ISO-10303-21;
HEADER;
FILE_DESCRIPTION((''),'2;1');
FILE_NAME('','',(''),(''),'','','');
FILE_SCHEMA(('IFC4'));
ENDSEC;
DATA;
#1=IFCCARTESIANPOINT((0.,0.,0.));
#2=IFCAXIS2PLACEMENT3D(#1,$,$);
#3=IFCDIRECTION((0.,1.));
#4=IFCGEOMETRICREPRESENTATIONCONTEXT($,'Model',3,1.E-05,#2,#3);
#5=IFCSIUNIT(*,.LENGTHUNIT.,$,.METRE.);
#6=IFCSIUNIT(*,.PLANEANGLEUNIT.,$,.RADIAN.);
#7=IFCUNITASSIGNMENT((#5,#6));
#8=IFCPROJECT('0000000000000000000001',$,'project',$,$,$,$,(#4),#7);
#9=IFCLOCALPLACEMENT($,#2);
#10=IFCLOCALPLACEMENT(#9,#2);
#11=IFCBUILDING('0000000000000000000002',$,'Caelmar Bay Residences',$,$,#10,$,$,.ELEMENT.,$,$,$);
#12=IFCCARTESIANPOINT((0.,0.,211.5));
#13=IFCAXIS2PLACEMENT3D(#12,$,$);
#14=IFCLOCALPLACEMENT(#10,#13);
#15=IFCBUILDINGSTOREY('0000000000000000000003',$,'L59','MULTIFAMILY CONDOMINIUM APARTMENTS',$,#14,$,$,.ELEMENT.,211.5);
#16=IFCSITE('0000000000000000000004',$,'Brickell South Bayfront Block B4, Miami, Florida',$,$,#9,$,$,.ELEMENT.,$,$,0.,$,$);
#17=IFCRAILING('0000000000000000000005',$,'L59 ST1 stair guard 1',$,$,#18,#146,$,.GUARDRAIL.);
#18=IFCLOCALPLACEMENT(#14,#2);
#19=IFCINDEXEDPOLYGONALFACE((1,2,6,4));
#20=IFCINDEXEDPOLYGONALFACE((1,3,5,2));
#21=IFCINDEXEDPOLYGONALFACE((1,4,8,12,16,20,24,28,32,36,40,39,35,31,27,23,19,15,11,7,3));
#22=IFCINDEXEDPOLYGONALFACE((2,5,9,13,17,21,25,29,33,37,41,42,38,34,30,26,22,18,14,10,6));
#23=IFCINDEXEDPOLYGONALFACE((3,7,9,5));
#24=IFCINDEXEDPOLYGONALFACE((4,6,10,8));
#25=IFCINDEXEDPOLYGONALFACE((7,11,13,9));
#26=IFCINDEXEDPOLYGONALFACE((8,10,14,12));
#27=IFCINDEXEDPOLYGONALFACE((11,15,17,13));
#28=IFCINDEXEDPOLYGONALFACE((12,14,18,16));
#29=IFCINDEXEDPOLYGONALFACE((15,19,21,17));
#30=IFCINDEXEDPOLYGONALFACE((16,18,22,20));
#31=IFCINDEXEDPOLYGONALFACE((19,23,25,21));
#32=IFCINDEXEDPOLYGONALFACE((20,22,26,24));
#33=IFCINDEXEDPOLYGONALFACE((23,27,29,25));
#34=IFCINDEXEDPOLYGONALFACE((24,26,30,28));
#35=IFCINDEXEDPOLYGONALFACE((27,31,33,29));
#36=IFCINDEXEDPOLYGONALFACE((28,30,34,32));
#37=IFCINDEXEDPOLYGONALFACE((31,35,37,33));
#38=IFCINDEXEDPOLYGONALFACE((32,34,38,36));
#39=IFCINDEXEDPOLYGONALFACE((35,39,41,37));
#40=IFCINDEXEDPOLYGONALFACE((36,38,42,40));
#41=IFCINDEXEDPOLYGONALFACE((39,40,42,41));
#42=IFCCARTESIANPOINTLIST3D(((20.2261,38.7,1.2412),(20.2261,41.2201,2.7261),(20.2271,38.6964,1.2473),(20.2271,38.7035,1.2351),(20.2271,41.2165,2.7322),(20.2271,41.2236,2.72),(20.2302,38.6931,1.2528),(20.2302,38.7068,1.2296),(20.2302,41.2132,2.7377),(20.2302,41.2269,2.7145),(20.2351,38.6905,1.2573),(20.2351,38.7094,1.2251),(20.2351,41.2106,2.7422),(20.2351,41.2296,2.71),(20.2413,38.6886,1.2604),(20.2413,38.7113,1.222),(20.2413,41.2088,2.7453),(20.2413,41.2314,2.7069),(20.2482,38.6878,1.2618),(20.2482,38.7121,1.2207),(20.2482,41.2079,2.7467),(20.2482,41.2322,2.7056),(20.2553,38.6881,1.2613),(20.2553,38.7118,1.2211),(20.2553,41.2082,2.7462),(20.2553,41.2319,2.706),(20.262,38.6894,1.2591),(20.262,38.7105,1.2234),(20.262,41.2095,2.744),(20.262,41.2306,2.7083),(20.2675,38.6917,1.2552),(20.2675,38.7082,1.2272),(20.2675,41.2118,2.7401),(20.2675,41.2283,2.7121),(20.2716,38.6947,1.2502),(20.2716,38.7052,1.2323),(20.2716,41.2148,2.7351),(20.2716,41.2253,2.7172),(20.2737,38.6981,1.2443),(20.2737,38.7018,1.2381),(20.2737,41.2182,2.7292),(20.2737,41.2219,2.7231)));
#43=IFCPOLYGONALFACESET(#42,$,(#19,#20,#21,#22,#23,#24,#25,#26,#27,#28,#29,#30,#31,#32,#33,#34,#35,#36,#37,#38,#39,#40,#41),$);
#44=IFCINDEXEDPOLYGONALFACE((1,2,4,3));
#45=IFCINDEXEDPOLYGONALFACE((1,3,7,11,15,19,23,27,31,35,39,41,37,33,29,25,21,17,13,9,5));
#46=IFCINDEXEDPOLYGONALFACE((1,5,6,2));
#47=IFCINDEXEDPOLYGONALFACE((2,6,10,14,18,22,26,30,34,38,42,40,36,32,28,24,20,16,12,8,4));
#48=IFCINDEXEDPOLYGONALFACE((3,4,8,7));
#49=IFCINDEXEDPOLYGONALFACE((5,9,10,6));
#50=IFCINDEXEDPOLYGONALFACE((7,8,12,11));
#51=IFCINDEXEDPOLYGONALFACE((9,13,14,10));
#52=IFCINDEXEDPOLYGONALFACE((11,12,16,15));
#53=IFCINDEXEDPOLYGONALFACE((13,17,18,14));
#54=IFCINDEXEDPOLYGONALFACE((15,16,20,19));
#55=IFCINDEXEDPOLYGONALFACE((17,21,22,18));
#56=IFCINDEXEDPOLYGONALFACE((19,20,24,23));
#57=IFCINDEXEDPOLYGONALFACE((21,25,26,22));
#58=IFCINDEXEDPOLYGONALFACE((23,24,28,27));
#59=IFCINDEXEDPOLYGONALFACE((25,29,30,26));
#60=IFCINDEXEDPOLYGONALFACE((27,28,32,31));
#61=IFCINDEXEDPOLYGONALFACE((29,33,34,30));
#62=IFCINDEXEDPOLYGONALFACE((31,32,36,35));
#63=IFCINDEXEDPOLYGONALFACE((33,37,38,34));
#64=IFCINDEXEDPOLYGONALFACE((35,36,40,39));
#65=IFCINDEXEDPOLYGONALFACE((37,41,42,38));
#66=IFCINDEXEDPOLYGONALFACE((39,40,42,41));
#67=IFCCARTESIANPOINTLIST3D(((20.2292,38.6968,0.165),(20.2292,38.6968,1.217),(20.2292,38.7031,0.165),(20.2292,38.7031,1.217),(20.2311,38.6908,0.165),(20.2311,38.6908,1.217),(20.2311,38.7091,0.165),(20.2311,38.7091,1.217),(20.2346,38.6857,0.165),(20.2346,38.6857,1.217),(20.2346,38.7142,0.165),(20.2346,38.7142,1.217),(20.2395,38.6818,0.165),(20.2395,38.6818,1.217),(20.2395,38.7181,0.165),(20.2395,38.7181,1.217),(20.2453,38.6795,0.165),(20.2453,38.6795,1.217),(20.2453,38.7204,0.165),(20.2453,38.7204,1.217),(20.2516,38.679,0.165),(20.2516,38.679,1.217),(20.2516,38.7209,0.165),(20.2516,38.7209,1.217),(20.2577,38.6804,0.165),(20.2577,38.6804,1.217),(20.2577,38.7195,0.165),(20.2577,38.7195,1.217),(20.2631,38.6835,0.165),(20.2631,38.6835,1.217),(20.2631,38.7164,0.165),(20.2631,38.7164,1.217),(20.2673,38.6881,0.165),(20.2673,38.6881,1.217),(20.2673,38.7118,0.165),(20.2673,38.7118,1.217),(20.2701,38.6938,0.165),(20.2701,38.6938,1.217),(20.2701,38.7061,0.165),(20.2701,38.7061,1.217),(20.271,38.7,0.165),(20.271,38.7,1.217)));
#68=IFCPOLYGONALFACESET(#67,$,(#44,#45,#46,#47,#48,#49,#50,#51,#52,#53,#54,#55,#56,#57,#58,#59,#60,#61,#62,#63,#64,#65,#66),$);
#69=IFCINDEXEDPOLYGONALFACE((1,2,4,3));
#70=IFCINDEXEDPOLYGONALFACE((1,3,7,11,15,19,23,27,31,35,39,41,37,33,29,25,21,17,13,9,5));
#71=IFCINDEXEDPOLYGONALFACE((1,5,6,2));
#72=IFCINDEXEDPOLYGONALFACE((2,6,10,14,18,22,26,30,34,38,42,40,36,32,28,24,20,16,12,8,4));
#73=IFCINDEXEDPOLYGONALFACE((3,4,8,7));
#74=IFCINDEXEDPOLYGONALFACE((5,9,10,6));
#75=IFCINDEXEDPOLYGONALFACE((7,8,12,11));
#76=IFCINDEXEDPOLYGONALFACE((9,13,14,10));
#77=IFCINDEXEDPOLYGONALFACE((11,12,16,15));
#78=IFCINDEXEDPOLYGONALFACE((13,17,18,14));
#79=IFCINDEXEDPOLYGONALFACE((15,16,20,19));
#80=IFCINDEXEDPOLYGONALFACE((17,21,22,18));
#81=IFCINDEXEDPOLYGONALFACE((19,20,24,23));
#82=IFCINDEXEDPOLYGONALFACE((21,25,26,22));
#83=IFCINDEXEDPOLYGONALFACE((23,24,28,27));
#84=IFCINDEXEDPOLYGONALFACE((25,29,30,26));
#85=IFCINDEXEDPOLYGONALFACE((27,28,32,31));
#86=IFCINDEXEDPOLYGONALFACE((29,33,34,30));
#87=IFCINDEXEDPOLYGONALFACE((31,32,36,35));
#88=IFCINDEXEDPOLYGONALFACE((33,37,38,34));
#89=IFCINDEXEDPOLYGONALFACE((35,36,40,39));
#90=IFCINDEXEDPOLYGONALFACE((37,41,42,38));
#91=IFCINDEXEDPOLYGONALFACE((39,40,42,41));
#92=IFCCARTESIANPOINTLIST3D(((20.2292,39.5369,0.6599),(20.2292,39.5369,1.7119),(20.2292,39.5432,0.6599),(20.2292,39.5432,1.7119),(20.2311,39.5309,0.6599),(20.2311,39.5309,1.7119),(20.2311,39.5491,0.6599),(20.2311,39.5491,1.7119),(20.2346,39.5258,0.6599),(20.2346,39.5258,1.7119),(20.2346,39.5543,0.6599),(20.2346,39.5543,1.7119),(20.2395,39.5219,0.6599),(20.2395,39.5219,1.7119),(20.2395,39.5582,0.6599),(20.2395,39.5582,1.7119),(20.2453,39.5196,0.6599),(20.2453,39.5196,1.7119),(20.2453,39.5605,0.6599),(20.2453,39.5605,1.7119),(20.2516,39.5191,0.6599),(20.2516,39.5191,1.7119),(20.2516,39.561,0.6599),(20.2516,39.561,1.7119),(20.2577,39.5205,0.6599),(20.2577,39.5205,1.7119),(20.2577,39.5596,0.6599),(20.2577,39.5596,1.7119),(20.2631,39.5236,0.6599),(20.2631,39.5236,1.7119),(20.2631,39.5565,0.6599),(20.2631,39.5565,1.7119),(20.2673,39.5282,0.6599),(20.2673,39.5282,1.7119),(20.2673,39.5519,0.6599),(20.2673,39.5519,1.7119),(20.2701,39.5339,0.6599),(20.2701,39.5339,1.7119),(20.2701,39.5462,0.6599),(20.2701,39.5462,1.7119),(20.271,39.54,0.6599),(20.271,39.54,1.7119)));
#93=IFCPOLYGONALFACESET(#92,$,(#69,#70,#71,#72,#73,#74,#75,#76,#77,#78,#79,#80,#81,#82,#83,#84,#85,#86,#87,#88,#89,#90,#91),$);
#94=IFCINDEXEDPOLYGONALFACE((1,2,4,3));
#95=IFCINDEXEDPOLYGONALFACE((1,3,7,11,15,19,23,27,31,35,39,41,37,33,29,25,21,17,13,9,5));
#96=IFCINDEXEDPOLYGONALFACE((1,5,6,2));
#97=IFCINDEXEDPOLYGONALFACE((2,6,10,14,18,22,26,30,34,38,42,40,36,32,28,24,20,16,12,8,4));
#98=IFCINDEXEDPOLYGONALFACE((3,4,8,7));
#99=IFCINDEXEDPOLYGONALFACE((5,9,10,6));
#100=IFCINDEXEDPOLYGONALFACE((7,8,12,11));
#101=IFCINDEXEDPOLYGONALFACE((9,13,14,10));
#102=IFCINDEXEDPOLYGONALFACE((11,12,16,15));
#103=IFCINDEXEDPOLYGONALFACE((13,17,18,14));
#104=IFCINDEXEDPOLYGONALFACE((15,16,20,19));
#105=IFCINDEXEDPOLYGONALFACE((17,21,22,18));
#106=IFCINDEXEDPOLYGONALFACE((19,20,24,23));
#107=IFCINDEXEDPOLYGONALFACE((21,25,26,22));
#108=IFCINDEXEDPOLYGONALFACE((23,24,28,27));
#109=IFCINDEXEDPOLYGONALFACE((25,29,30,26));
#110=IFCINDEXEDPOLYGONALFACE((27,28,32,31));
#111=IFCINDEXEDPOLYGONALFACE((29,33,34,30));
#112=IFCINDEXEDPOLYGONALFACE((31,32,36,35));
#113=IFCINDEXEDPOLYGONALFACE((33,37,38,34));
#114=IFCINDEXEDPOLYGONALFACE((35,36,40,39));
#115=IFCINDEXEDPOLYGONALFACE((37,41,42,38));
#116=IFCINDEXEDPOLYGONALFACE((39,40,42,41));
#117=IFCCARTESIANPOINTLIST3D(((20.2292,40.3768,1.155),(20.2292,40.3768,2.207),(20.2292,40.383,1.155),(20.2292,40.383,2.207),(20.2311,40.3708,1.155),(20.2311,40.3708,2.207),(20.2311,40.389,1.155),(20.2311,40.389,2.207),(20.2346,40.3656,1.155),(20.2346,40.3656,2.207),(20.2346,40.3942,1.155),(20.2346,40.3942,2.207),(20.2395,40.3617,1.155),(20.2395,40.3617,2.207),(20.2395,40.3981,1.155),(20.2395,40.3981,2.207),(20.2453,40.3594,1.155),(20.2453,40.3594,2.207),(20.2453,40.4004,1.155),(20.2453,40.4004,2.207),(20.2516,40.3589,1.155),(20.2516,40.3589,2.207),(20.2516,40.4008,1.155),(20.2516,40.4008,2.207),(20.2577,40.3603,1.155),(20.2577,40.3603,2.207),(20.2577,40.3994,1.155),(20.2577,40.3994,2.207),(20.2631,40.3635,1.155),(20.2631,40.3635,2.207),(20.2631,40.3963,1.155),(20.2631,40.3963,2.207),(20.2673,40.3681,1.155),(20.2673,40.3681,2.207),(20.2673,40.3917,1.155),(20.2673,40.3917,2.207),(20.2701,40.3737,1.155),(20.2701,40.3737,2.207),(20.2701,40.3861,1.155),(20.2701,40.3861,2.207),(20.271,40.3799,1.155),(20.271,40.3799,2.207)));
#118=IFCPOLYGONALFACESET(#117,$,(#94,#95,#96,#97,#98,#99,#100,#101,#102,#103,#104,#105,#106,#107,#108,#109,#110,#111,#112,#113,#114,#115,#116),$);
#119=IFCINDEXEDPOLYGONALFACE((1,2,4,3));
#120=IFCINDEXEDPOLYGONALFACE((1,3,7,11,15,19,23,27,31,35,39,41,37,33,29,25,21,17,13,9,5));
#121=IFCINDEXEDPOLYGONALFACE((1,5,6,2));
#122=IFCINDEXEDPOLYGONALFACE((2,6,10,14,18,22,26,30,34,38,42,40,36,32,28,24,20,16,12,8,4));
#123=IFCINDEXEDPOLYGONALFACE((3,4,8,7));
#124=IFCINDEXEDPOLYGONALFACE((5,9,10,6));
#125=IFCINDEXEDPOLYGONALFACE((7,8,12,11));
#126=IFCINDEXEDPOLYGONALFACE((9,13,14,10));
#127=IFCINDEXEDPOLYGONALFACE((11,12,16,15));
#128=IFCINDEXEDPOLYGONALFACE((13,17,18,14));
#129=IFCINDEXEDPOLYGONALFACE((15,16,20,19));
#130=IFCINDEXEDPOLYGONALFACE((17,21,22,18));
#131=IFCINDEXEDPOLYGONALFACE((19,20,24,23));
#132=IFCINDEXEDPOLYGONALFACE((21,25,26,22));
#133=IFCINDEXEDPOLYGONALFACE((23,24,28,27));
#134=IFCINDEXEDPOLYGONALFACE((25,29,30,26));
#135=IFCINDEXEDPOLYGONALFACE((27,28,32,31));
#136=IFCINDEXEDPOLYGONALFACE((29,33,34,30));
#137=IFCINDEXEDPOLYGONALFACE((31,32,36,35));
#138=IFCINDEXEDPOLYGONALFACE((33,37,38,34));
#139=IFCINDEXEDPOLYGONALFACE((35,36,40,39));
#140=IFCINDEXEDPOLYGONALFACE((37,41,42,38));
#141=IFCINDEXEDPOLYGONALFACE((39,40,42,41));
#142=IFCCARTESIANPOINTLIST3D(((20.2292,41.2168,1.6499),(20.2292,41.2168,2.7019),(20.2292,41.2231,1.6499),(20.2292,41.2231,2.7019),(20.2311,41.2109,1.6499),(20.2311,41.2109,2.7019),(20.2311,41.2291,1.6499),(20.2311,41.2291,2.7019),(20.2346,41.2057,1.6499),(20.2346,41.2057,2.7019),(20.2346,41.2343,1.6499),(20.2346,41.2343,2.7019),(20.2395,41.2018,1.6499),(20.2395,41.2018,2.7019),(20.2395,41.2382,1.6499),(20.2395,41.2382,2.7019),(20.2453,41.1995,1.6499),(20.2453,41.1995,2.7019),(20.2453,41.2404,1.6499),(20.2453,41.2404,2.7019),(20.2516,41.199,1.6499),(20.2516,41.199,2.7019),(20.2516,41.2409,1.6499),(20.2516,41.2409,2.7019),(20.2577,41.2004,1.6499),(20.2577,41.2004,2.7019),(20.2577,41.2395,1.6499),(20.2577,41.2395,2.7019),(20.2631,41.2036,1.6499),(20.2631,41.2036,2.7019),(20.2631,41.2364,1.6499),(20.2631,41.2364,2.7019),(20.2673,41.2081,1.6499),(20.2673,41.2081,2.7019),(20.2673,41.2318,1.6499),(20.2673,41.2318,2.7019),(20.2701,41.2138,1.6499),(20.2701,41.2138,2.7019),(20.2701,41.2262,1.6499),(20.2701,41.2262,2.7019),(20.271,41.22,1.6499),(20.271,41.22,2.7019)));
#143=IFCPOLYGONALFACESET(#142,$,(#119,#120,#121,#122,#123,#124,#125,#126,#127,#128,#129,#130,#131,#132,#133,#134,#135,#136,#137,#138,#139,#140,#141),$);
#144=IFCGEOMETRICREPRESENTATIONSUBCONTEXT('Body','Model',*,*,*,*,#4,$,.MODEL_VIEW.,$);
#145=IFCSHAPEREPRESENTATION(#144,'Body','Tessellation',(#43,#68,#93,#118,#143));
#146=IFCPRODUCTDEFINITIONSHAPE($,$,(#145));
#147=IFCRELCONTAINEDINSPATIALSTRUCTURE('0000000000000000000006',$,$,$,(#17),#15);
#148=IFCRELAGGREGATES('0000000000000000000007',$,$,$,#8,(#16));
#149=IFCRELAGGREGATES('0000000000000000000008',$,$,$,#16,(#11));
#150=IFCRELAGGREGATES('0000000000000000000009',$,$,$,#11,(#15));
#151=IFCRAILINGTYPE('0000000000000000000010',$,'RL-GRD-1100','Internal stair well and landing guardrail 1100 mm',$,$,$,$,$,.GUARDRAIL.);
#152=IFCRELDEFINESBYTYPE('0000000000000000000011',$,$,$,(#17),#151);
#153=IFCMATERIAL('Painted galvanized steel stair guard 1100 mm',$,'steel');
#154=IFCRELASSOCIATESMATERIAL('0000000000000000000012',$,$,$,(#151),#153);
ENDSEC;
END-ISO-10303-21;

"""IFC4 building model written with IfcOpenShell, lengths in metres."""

from ifc_helpers import new_model, si_unit, direction, frame, origin, origin_2d, place, context, subcontext, project, spatial, circle, extrude, material, type_object, element, save


model = new_model("IFC4")

# Units and contexts
model_context = context("Model", 3, precision=1e-05, world=origin(), true_north=direction((0.0, 1.0)))
body_context = subcontext(model_context, "Body", "Model", "MODEL_VIEW")
ifc_project = project(units=[si_unit("LENGTHUNIT", "METRE"), si_unit("PLANEANGLEUNIT", "RADIAN")], contexts=[model_context])

# Site, building, storey
site_placement = place(None, origin())
site = spatial("IfcSite", under=ifc_project, at=site_placement, Name="Brickell South Bayfront Block B4, Miami, Florida", CompositionType="ELEMENT", RefElevation=0.0)
building_placement = place(site_placement, origin())
building = spatial("IfcBuilding", under=site, at=building_placement, Name="Caelmar Bay Residences", CompositionType="ELEMENT")
storey_placement = place(building_placement, frame((0.0, 0.0, 211.5)))
storey = spatial("IfcBuildingStorey", under=building, at=storey_placement, Name="L59", Description="MULTIFAMILY CONDOMINIUM APARTMENTS", CompositionType="ELEMENT", Elevation=211.5)

# Railing
ifc_material_1 = material(Name="Painted galvanized steel stair guard 1100 mm", Category="steel")
railing_type = type_object("IfcRailingType", Name="RL-GRD-1100", Description="Internal stair well and landing guardrail 1100 mm", PredefinedType="GUARDRAIL", material=ifc_material_1)
railing_placement = place(storey_placement, frame((20.25, 38.7, 0.165)))
element("IfcRailing", 1, at=railing_placement, inside=storey, type_object=railing_type, Name="L59 ST1 stair guard 1", PredefinedType="GUARDRAIL", context=body_context, shape_type="SweptSolid", body=[
    extrude(circle(Radius=0.0239, at=origin_2d()), frame((0.0, 0.0, 1.0762), z_axis=(0.0, 0.861561, 0.507655), x_axis=(-1.0, 0.0, 0.0)), (0.0, 0.0, 1.0), 2.925),
    extrude(circle(Radius=0.021, at=origin_2d()), origin(), (0.0, 0.0, 1.0), 1.052),
    extrude(circle(Radius=0.021, at=origin_2d()), frame((0.0, 0.8401, 0.4949)), (0.0, 0.0, 1.0), 1.052),
    extrude(circle(Radius=0.021, at=origin_2d()), frame((0.0, 1.6799, 0.99)), (0.0, 0.0, 1.0), 1.052),
    extrude(circle(Radius=0.021, at=origin_2d()), frame((0.0, 2.52, 1.4849)), (0.0, 0.0, 1.0), 1.052),
])

save(model, "model.ifc")
